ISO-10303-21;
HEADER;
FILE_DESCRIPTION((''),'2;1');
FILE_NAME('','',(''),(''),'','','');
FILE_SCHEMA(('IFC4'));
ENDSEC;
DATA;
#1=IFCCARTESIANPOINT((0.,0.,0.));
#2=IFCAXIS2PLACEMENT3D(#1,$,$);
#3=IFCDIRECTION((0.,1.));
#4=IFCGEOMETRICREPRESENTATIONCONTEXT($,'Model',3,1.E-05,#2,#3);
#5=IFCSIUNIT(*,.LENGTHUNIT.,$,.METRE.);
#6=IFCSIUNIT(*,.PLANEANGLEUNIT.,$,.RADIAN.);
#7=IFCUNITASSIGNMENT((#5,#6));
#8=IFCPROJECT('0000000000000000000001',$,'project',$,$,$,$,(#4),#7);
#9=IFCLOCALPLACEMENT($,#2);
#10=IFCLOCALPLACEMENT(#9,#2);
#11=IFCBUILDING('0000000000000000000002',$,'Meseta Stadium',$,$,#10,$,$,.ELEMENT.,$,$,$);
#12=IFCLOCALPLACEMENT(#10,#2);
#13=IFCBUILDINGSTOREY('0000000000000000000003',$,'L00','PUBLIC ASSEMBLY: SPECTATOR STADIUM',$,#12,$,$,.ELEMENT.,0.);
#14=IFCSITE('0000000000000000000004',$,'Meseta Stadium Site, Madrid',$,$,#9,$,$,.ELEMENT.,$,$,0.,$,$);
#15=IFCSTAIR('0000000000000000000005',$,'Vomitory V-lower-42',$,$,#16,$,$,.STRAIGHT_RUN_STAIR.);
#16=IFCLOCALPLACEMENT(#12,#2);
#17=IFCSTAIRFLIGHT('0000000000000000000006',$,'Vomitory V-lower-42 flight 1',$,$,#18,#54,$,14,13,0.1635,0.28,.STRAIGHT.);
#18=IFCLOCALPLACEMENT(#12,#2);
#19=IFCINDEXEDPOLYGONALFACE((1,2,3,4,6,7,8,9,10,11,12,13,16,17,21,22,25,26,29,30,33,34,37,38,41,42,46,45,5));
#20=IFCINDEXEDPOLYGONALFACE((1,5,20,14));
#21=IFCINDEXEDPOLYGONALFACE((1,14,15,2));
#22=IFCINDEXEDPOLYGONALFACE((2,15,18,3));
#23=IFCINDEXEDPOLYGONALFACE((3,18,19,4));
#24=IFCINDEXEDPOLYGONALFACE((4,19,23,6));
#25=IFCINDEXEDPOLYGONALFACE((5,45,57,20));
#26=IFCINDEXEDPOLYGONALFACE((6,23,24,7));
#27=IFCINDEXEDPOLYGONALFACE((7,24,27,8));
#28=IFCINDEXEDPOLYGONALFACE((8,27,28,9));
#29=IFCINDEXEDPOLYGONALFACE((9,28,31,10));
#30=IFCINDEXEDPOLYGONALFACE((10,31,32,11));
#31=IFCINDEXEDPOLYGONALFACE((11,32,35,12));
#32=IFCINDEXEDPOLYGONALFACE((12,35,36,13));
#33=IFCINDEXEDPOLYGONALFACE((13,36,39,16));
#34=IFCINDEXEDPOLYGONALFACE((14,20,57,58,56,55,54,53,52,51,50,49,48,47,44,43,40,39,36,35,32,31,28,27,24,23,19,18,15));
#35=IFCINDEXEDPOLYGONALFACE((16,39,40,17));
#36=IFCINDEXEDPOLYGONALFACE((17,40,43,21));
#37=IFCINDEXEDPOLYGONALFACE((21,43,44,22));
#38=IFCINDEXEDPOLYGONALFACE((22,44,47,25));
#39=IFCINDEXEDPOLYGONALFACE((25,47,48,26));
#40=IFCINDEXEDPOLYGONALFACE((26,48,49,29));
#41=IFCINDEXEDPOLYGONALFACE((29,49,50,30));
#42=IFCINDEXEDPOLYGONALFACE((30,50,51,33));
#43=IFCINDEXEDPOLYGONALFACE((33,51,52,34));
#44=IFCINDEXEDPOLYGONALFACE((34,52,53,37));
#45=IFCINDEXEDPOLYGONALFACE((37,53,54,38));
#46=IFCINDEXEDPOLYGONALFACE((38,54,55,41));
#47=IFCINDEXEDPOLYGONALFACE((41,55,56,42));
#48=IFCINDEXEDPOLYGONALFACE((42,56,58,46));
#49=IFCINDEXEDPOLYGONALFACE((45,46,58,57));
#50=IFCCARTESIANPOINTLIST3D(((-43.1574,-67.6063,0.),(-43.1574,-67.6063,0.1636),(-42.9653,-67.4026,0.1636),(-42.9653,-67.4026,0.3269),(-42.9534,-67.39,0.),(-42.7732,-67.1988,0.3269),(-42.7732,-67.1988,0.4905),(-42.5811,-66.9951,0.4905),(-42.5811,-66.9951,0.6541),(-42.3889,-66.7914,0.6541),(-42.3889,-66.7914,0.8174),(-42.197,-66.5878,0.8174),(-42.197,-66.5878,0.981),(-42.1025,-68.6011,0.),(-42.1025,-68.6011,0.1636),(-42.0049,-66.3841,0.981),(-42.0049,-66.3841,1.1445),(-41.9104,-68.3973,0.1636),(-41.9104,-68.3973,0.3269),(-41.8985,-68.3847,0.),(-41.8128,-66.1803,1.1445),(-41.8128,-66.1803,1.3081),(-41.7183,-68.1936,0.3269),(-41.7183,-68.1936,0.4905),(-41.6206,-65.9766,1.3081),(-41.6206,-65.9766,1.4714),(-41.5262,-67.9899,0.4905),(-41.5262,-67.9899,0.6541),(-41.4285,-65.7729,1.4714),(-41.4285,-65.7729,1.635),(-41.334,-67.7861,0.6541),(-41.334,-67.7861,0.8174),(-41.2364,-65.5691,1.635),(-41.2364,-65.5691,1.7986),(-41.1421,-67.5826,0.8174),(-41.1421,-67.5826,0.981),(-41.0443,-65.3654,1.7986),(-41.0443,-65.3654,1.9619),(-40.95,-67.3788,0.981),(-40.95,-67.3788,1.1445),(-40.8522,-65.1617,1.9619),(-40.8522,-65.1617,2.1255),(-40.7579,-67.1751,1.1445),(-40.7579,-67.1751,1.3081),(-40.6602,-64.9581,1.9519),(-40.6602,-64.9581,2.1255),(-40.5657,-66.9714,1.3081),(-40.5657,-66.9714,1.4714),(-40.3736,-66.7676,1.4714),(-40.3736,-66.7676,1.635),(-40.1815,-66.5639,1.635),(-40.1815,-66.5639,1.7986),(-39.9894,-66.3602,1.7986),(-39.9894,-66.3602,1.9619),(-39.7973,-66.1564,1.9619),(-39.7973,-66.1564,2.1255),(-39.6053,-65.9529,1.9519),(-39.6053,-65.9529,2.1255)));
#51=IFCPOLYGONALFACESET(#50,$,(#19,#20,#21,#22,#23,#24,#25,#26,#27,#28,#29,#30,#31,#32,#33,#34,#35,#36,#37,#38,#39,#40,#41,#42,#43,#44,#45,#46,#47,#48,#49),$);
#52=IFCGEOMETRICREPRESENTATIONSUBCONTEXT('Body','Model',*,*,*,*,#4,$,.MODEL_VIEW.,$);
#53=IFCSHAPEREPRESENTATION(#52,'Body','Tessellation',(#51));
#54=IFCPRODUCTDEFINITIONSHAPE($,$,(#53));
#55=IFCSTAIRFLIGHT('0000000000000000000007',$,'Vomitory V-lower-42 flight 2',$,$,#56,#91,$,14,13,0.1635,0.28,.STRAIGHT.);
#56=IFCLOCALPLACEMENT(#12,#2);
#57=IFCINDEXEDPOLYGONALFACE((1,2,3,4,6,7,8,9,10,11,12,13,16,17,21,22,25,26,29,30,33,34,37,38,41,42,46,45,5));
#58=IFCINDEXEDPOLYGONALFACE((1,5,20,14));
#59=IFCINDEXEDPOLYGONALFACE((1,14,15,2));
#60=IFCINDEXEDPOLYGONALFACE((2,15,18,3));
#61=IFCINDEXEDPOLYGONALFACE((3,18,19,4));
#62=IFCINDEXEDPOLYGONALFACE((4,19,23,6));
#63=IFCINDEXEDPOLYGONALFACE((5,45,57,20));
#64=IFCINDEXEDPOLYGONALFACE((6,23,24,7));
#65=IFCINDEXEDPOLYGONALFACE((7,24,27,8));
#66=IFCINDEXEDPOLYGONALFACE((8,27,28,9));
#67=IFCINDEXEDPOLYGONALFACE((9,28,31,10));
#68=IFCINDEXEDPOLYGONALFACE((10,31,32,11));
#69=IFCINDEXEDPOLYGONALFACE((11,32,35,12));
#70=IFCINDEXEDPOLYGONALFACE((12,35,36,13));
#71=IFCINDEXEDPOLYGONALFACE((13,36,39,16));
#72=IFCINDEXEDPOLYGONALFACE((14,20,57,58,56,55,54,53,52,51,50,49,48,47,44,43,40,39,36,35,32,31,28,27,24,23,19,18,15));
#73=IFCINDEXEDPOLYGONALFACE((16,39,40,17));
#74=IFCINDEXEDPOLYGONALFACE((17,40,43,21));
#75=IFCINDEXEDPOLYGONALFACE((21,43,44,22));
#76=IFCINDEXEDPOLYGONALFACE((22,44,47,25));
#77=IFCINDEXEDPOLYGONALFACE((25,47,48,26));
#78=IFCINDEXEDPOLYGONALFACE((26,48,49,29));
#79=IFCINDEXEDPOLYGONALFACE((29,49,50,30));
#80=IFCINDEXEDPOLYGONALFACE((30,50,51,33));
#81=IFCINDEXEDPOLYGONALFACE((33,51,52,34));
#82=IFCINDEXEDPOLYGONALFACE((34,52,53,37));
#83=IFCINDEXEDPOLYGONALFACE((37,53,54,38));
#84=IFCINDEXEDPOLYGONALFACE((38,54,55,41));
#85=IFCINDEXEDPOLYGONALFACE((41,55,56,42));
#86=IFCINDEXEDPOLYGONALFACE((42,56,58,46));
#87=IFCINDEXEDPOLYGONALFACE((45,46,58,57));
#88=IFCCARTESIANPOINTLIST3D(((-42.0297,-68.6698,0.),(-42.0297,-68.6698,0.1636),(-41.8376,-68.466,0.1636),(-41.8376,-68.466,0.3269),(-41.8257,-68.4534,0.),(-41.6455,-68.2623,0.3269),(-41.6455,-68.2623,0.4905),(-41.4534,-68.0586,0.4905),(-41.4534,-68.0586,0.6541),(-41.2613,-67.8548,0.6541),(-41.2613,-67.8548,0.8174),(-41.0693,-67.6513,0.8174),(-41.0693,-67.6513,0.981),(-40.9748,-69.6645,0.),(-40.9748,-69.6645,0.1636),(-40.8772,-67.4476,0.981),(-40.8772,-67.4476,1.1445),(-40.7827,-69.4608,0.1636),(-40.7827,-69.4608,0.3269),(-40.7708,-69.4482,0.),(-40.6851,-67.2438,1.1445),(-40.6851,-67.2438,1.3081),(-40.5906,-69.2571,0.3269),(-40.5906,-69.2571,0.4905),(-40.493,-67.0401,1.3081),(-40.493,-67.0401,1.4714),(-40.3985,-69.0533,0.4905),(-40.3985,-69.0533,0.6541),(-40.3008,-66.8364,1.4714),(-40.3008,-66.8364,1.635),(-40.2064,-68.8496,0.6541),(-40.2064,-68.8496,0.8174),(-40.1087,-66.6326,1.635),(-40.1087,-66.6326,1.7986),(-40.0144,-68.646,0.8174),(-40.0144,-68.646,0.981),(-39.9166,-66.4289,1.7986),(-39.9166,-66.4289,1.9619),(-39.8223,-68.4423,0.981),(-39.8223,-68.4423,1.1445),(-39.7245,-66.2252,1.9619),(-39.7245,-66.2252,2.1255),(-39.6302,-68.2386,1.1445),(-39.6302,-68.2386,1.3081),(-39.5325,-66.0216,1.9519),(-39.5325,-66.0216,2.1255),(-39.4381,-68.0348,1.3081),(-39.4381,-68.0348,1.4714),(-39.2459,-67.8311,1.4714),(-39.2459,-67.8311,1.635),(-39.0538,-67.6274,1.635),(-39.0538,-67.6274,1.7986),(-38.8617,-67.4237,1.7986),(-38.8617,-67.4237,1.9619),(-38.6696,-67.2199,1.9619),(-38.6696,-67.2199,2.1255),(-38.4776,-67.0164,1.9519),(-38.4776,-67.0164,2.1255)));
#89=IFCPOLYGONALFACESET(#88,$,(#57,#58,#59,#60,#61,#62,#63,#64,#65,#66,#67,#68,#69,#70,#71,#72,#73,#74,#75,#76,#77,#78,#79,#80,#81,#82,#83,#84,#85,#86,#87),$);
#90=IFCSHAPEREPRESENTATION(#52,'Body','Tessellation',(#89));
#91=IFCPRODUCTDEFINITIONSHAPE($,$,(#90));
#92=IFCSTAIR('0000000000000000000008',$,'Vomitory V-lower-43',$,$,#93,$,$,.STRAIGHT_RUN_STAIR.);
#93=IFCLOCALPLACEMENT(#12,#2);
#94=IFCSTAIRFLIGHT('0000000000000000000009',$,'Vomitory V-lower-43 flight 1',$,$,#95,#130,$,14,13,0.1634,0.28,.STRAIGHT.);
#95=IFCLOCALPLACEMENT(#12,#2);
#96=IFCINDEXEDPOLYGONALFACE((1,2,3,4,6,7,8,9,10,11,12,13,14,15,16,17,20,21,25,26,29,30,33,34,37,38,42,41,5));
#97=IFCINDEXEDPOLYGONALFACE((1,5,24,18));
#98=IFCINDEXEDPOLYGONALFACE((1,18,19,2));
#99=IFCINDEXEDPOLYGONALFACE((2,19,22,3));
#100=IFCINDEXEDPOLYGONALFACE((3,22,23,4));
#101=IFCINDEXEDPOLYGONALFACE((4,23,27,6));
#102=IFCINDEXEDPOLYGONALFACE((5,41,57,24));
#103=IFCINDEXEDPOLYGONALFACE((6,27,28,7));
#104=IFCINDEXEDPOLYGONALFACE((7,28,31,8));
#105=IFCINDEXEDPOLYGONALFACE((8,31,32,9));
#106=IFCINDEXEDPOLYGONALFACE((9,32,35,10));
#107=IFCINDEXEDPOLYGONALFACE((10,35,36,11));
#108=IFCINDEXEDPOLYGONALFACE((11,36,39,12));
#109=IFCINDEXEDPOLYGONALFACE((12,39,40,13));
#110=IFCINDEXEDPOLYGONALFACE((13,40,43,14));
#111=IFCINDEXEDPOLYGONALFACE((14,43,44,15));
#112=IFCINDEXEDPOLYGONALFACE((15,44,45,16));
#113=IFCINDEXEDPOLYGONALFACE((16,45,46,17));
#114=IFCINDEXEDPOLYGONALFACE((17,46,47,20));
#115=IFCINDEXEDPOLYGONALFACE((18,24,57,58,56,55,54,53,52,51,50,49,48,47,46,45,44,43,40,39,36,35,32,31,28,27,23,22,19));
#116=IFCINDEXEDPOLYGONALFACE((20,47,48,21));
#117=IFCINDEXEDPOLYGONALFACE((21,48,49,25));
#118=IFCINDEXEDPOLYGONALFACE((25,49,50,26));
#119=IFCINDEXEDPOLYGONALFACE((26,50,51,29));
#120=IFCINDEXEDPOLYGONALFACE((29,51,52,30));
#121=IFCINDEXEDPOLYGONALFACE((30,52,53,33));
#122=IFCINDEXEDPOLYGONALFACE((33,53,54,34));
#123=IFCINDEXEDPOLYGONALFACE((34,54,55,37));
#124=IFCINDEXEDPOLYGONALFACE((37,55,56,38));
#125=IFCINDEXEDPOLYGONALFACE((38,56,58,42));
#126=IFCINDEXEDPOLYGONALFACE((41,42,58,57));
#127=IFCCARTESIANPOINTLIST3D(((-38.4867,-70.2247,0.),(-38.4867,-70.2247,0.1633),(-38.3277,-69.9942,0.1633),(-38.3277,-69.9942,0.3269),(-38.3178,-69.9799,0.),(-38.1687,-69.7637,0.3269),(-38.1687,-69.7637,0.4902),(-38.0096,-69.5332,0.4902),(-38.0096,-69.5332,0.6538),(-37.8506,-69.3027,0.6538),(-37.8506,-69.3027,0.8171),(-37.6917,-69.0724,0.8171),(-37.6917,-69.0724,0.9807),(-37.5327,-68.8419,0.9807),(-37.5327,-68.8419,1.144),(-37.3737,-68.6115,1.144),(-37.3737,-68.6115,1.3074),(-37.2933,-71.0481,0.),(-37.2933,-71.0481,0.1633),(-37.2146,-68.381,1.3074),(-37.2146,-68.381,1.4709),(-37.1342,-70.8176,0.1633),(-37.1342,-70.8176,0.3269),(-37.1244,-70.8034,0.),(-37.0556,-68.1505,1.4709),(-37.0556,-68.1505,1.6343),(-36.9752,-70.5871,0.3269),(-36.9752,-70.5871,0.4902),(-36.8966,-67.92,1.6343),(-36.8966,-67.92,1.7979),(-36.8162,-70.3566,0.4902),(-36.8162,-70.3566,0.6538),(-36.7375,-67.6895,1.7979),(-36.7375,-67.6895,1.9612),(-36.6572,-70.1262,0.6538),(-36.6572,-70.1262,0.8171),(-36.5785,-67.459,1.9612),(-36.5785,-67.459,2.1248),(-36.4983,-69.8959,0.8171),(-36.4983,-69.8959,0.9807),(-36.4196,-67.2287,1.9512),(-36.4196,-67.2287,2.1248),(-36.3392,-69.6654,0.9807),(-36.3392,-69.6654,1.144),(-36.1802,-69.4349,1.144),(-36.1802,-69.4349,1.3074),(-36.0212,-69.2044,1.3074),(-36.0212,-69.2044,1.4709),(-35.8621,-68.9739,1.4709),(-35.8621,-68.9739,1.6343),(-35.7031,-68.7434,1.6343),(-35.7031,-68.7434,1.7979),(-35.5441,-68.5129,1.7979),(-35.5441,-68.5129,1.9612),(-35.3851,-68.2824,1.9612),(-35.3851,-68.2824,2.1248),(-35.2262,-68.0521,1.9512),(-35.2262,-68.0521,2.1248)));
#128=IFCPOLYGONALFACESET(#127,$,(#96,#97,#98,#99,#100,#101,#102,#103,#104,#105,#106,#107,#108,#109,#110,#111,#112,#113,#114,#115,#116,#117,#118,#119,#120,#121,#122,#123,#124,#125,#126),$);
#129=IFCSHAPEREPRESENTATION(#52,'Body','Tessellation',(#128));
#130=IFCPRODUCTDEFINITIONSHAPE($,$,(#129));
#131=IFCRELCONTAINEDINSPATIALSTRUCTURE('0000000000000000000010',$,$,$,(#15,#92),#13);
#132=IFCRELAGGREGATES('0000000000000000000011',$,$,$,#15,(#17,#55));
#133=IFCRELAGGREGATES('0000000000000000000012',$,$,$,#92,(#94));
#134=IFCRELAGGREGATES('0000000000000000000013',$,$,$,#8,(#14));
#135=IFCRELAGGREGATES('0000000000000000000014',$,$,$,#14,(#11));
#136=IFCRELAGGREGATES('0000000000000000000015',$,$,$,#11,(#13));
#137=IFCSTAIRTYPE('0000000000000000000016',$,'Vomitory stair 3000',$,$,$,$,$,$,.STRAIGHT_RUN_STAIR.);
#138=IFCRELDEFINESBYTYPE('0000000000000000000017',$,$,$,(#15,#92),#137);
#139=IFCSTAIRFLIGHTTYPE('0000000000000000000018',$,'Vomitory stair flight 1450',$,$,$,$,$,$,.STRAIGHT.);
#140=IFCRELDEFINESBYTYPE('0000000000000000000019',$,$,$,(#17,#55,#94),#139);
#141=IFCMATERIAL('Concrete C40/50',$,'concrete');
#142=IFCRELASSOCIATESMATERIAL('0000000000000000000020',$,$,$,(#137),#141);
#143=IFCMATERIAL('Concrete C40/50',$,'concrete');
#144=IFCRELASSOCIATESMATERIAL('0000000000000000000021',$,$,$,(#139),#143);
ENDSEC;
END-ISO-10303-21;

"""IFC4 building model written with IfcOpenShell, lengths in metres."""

from ifc_helpers import new_model, si_unit, direction, frame, origin, place, context, subcontext, project, spatial, polyline, outline, extrude, material, type_object, element, aggregate, save


model = new_model("IFC4")

# Units and contexts
model_context = context("Model", 3, precision=1e-05, world=origin(), true_north=direction((0.0, 1.0)))
body_context = subcontext(model_context, "Body", "Model", "MODEL_VIEW")
ifc_project = project(units=[si_unit("LENGTHUNIT", "METRE"), si_unit("PLANEANGLEUNIT", "RADIAN")], contexts=[model_context])

# Site, building, storey
site_placement = place(None, origin())
site = spatial("IfcSite", under=ifc_project, at=site_placement, Name="Meseta Stadium Site, Madrid", CompositionType="ELEMENT", RefElevation=0.0)
building_placement = place(site_placement, origin())
building = spatial("IfcBuilding", under=site, at=building_placement, Name="Meseta Stadium", CompositionType="ELEMENT")
storey_placement = place(building_placement, origin())
storey = spatial("IfcBuildingStorey", under=building, at=storey_placement, Name="L00", Description="PUBLIC ASSEMBLY: SPECTATOR STADIUM", CompositionType="ELEMENT", Elevation=0.0)

# Shared definitions
ifc_material_1 = material(Name="Concrete C40/50", Category="concrete")
stair_type = type_object("IfcStairType", Name="Vomitory stair 3000", PredefinedType="STRAIGHT_RUN_STAIR", material=ifc_material_1)
ifc_material_2 = material(Name="Concrete C40/50", Category="concrete")
stair_flight_type = type_object("IfcStairFlightType", Name="Vomitory stair flight 1450", PredefinedType="STRAIGHT", material=ifc_material_2)

# Stair, stair flights
stair_1_placement = place(storey_placement, origin())
stair_1 = element("IfcStair", 1, at=stair_1_placement, inside=storey, type_object=stair_type, Name="Vomitory V-lower-42", PredefinedType="STRAIGHT_RUN_STAIR")
stair_flight_1_placement = place(storey_placement, frame((-42.6299, -68.1038, 0.0), z_axis=(0.0, 0.0, 1.0), x_axis=(0.686065, 0.727541, 0.0)))
stair_flight_1 = element("IfcStairFlight", 2, at=stair_flight_1_placement, type_object=stair_flight_type, Name="Vomitory V-lower-42 flight 1", NumberOfRisers=14, NumberOfTreads=13, PredefinedType="STRAIGHT", RiserHeight=0.1635, TreadLength=0.28, context=body_context, shape_type="SweptSolid", body=[
    extrude(outline(polyline([(0.0, 0.0), (0.0, 0.1636), (0.28, 0.1636), (0.28, 0.3269), (0.5601, 0.3269), (0.5601, 0.4905), (0.8401, 0.4905), (0.8401, 0.6541), (1.1201, 0.6541), (1.1201, 0.8174), (1.3999, 0.8174), (1.3999, 0.981), (1.6799, 0.981), (1.6799, 1.1445), (1.96, 1.1445), (1.96, 1.3081), (2.24, 1.3081), (2.24, 1.4714), (2.52, 1.4714), (2.52, 1.635), (2.8, 1.635), (2.8, 1.7986), (3.0801, 1.7986), (3.0801, 1.9619), (3.3601, 1.9619), (3.3601, 2.1255), (3.6399, 2.1255), (3.6399, 1.9519), (0.2974, 0.0), (0.0, 0.0)])), frame((0.0, 0.7251, 0.0), z_axis=(0.0, -1.0, 0.0), x_axis=(1.0, 0.0, 0.0)), (0.0, 0.0, 1.0), 1.45),
])
stair_flight_2_placement = place(storey_placement, frame((-41.5022, -69.1672, 0.0), z_axis=(0.0, 0.0, 1.0), x_axis=(0.686065, 0.727541, 0.0)))
stair_flight_2 = element("IfcStairFlight", 3, at=stair_flight_2_placement, type_object=stair_flight_type, Name="Vomitory V-lower-42 flight 2", NumberOfRisers=14, NumberOfTreads=13, PredefinedType="STRAIGHT", RiserHeight=0.1635, TreadLength=0.28, context=body_context, shape_type="SweptSolid", body=[
    extrude(outline(polyline([(0.0, 0.0), (0.0, 0.1636), (0.28, 0.1636), (0.28, 0.3269), (0.5601, 0.3269), (0.5601, 0.4905), (0.8401, 0.4905), (0.8401, 0.6541), (1.1201, 0.6541), (1.1201, 0.8174), (1.3999, 0.8174), (1.3999, 0.981), (1.6799, 0.981), (1.6799, 1.1445), (1.96, 1.1445), (1.96, 1.3081), (2.24, 1.3081), (2.24, 1.4714), (2.52, 1.4714), (2.52, 1.635), (2.8, 1.635), (2.8, 1.7986), (3.0801, 1.7986), (3.0801, 1.9619), (3.3601, 1.9619), (3.3601, 2.1255), (3.6399, 2.1255), (3.6399, 1.9519), (0.2974, 0.0), (0.0, 0.0)])), frame((0.0, 0.7251, 0.0), z_axis=(0.0, -1.0, 0.0), x_axis=(1.0, 0.0, 0.0)), (0.0, 0.0, 1.0), 1.45),
])
aggregate(stair_1, [stair_flight_1, stair_flight_2])

# Stair, stair flight
stair_2_placement = place(storey_placement, origin())
stair_2 = element("IfcStair", 4, at=stair_2_placement, inside=storey, type_object=stair_type, Name="Vomitory V-lower-43", PredefinedType="STRAIGHT_RUN_STAIR")
stair_flight_3_placement = place(storey_placement, frame((-37.8899, -70.6365, 0.0), z_axis=(0.0, 0.0, 1.0), x_axis=(0.5679, 0.823098, 0.0)))
stair_flight_3 = element("IfcStairFlight", 5, at=stair_flight_3_placement, type_object=stair_flight_type, Name="Vomitory V-lower-43 flight 1", NumberOfRisers=14, NumberOfTreads=13, PredefinedType="STRAIGHT", RiserHeight=0.1634, TreadLength=0.28, context=body_context, shape_type="SweptSolid", body=[
    extrude(outline(polyline([(0.0, 0.0), (0.0, 0.1633), (0.28, 0.1633), (0.28, 0.3269), (0.5601, 0.3269), (0.5601, 0.4902), (0.8401, 0.4902), (0.8401, 0.6538), (1.1201, 0.6538), (1.1201, 0.8171), (1.3999, 0.8171), (1.3999, 0.9807), (1.6799, 0.9807), (1.6799, 1.144), (1.96, 1.144), (1.96, 1.3074), (2.24, 1.3074), (2.24, 1.4709), (2.52, 1.4709), (2.52, 1.6343), (2.8, 1.6343), (2.8, 1.7979), (3.0801, 1.7979), (3.0801, 1.9612), (3.3601, 1.9612), (3.3601, 2.1248), (3.6399, 2.1248), (3.6399, 1.9512), (0.2974, 0.0), (0.0, 0.0)])), frame((0.0, 0.7251, 0.0), z_axis=(0.0, -1.0, 0.0), x_axis=(1.0, 0.0, 0.0)), (0.0, 0.0, 1.0), 1.45),
])
aggregate(stair_2, [stair_flight_3])

save(model, "model.ifc")
